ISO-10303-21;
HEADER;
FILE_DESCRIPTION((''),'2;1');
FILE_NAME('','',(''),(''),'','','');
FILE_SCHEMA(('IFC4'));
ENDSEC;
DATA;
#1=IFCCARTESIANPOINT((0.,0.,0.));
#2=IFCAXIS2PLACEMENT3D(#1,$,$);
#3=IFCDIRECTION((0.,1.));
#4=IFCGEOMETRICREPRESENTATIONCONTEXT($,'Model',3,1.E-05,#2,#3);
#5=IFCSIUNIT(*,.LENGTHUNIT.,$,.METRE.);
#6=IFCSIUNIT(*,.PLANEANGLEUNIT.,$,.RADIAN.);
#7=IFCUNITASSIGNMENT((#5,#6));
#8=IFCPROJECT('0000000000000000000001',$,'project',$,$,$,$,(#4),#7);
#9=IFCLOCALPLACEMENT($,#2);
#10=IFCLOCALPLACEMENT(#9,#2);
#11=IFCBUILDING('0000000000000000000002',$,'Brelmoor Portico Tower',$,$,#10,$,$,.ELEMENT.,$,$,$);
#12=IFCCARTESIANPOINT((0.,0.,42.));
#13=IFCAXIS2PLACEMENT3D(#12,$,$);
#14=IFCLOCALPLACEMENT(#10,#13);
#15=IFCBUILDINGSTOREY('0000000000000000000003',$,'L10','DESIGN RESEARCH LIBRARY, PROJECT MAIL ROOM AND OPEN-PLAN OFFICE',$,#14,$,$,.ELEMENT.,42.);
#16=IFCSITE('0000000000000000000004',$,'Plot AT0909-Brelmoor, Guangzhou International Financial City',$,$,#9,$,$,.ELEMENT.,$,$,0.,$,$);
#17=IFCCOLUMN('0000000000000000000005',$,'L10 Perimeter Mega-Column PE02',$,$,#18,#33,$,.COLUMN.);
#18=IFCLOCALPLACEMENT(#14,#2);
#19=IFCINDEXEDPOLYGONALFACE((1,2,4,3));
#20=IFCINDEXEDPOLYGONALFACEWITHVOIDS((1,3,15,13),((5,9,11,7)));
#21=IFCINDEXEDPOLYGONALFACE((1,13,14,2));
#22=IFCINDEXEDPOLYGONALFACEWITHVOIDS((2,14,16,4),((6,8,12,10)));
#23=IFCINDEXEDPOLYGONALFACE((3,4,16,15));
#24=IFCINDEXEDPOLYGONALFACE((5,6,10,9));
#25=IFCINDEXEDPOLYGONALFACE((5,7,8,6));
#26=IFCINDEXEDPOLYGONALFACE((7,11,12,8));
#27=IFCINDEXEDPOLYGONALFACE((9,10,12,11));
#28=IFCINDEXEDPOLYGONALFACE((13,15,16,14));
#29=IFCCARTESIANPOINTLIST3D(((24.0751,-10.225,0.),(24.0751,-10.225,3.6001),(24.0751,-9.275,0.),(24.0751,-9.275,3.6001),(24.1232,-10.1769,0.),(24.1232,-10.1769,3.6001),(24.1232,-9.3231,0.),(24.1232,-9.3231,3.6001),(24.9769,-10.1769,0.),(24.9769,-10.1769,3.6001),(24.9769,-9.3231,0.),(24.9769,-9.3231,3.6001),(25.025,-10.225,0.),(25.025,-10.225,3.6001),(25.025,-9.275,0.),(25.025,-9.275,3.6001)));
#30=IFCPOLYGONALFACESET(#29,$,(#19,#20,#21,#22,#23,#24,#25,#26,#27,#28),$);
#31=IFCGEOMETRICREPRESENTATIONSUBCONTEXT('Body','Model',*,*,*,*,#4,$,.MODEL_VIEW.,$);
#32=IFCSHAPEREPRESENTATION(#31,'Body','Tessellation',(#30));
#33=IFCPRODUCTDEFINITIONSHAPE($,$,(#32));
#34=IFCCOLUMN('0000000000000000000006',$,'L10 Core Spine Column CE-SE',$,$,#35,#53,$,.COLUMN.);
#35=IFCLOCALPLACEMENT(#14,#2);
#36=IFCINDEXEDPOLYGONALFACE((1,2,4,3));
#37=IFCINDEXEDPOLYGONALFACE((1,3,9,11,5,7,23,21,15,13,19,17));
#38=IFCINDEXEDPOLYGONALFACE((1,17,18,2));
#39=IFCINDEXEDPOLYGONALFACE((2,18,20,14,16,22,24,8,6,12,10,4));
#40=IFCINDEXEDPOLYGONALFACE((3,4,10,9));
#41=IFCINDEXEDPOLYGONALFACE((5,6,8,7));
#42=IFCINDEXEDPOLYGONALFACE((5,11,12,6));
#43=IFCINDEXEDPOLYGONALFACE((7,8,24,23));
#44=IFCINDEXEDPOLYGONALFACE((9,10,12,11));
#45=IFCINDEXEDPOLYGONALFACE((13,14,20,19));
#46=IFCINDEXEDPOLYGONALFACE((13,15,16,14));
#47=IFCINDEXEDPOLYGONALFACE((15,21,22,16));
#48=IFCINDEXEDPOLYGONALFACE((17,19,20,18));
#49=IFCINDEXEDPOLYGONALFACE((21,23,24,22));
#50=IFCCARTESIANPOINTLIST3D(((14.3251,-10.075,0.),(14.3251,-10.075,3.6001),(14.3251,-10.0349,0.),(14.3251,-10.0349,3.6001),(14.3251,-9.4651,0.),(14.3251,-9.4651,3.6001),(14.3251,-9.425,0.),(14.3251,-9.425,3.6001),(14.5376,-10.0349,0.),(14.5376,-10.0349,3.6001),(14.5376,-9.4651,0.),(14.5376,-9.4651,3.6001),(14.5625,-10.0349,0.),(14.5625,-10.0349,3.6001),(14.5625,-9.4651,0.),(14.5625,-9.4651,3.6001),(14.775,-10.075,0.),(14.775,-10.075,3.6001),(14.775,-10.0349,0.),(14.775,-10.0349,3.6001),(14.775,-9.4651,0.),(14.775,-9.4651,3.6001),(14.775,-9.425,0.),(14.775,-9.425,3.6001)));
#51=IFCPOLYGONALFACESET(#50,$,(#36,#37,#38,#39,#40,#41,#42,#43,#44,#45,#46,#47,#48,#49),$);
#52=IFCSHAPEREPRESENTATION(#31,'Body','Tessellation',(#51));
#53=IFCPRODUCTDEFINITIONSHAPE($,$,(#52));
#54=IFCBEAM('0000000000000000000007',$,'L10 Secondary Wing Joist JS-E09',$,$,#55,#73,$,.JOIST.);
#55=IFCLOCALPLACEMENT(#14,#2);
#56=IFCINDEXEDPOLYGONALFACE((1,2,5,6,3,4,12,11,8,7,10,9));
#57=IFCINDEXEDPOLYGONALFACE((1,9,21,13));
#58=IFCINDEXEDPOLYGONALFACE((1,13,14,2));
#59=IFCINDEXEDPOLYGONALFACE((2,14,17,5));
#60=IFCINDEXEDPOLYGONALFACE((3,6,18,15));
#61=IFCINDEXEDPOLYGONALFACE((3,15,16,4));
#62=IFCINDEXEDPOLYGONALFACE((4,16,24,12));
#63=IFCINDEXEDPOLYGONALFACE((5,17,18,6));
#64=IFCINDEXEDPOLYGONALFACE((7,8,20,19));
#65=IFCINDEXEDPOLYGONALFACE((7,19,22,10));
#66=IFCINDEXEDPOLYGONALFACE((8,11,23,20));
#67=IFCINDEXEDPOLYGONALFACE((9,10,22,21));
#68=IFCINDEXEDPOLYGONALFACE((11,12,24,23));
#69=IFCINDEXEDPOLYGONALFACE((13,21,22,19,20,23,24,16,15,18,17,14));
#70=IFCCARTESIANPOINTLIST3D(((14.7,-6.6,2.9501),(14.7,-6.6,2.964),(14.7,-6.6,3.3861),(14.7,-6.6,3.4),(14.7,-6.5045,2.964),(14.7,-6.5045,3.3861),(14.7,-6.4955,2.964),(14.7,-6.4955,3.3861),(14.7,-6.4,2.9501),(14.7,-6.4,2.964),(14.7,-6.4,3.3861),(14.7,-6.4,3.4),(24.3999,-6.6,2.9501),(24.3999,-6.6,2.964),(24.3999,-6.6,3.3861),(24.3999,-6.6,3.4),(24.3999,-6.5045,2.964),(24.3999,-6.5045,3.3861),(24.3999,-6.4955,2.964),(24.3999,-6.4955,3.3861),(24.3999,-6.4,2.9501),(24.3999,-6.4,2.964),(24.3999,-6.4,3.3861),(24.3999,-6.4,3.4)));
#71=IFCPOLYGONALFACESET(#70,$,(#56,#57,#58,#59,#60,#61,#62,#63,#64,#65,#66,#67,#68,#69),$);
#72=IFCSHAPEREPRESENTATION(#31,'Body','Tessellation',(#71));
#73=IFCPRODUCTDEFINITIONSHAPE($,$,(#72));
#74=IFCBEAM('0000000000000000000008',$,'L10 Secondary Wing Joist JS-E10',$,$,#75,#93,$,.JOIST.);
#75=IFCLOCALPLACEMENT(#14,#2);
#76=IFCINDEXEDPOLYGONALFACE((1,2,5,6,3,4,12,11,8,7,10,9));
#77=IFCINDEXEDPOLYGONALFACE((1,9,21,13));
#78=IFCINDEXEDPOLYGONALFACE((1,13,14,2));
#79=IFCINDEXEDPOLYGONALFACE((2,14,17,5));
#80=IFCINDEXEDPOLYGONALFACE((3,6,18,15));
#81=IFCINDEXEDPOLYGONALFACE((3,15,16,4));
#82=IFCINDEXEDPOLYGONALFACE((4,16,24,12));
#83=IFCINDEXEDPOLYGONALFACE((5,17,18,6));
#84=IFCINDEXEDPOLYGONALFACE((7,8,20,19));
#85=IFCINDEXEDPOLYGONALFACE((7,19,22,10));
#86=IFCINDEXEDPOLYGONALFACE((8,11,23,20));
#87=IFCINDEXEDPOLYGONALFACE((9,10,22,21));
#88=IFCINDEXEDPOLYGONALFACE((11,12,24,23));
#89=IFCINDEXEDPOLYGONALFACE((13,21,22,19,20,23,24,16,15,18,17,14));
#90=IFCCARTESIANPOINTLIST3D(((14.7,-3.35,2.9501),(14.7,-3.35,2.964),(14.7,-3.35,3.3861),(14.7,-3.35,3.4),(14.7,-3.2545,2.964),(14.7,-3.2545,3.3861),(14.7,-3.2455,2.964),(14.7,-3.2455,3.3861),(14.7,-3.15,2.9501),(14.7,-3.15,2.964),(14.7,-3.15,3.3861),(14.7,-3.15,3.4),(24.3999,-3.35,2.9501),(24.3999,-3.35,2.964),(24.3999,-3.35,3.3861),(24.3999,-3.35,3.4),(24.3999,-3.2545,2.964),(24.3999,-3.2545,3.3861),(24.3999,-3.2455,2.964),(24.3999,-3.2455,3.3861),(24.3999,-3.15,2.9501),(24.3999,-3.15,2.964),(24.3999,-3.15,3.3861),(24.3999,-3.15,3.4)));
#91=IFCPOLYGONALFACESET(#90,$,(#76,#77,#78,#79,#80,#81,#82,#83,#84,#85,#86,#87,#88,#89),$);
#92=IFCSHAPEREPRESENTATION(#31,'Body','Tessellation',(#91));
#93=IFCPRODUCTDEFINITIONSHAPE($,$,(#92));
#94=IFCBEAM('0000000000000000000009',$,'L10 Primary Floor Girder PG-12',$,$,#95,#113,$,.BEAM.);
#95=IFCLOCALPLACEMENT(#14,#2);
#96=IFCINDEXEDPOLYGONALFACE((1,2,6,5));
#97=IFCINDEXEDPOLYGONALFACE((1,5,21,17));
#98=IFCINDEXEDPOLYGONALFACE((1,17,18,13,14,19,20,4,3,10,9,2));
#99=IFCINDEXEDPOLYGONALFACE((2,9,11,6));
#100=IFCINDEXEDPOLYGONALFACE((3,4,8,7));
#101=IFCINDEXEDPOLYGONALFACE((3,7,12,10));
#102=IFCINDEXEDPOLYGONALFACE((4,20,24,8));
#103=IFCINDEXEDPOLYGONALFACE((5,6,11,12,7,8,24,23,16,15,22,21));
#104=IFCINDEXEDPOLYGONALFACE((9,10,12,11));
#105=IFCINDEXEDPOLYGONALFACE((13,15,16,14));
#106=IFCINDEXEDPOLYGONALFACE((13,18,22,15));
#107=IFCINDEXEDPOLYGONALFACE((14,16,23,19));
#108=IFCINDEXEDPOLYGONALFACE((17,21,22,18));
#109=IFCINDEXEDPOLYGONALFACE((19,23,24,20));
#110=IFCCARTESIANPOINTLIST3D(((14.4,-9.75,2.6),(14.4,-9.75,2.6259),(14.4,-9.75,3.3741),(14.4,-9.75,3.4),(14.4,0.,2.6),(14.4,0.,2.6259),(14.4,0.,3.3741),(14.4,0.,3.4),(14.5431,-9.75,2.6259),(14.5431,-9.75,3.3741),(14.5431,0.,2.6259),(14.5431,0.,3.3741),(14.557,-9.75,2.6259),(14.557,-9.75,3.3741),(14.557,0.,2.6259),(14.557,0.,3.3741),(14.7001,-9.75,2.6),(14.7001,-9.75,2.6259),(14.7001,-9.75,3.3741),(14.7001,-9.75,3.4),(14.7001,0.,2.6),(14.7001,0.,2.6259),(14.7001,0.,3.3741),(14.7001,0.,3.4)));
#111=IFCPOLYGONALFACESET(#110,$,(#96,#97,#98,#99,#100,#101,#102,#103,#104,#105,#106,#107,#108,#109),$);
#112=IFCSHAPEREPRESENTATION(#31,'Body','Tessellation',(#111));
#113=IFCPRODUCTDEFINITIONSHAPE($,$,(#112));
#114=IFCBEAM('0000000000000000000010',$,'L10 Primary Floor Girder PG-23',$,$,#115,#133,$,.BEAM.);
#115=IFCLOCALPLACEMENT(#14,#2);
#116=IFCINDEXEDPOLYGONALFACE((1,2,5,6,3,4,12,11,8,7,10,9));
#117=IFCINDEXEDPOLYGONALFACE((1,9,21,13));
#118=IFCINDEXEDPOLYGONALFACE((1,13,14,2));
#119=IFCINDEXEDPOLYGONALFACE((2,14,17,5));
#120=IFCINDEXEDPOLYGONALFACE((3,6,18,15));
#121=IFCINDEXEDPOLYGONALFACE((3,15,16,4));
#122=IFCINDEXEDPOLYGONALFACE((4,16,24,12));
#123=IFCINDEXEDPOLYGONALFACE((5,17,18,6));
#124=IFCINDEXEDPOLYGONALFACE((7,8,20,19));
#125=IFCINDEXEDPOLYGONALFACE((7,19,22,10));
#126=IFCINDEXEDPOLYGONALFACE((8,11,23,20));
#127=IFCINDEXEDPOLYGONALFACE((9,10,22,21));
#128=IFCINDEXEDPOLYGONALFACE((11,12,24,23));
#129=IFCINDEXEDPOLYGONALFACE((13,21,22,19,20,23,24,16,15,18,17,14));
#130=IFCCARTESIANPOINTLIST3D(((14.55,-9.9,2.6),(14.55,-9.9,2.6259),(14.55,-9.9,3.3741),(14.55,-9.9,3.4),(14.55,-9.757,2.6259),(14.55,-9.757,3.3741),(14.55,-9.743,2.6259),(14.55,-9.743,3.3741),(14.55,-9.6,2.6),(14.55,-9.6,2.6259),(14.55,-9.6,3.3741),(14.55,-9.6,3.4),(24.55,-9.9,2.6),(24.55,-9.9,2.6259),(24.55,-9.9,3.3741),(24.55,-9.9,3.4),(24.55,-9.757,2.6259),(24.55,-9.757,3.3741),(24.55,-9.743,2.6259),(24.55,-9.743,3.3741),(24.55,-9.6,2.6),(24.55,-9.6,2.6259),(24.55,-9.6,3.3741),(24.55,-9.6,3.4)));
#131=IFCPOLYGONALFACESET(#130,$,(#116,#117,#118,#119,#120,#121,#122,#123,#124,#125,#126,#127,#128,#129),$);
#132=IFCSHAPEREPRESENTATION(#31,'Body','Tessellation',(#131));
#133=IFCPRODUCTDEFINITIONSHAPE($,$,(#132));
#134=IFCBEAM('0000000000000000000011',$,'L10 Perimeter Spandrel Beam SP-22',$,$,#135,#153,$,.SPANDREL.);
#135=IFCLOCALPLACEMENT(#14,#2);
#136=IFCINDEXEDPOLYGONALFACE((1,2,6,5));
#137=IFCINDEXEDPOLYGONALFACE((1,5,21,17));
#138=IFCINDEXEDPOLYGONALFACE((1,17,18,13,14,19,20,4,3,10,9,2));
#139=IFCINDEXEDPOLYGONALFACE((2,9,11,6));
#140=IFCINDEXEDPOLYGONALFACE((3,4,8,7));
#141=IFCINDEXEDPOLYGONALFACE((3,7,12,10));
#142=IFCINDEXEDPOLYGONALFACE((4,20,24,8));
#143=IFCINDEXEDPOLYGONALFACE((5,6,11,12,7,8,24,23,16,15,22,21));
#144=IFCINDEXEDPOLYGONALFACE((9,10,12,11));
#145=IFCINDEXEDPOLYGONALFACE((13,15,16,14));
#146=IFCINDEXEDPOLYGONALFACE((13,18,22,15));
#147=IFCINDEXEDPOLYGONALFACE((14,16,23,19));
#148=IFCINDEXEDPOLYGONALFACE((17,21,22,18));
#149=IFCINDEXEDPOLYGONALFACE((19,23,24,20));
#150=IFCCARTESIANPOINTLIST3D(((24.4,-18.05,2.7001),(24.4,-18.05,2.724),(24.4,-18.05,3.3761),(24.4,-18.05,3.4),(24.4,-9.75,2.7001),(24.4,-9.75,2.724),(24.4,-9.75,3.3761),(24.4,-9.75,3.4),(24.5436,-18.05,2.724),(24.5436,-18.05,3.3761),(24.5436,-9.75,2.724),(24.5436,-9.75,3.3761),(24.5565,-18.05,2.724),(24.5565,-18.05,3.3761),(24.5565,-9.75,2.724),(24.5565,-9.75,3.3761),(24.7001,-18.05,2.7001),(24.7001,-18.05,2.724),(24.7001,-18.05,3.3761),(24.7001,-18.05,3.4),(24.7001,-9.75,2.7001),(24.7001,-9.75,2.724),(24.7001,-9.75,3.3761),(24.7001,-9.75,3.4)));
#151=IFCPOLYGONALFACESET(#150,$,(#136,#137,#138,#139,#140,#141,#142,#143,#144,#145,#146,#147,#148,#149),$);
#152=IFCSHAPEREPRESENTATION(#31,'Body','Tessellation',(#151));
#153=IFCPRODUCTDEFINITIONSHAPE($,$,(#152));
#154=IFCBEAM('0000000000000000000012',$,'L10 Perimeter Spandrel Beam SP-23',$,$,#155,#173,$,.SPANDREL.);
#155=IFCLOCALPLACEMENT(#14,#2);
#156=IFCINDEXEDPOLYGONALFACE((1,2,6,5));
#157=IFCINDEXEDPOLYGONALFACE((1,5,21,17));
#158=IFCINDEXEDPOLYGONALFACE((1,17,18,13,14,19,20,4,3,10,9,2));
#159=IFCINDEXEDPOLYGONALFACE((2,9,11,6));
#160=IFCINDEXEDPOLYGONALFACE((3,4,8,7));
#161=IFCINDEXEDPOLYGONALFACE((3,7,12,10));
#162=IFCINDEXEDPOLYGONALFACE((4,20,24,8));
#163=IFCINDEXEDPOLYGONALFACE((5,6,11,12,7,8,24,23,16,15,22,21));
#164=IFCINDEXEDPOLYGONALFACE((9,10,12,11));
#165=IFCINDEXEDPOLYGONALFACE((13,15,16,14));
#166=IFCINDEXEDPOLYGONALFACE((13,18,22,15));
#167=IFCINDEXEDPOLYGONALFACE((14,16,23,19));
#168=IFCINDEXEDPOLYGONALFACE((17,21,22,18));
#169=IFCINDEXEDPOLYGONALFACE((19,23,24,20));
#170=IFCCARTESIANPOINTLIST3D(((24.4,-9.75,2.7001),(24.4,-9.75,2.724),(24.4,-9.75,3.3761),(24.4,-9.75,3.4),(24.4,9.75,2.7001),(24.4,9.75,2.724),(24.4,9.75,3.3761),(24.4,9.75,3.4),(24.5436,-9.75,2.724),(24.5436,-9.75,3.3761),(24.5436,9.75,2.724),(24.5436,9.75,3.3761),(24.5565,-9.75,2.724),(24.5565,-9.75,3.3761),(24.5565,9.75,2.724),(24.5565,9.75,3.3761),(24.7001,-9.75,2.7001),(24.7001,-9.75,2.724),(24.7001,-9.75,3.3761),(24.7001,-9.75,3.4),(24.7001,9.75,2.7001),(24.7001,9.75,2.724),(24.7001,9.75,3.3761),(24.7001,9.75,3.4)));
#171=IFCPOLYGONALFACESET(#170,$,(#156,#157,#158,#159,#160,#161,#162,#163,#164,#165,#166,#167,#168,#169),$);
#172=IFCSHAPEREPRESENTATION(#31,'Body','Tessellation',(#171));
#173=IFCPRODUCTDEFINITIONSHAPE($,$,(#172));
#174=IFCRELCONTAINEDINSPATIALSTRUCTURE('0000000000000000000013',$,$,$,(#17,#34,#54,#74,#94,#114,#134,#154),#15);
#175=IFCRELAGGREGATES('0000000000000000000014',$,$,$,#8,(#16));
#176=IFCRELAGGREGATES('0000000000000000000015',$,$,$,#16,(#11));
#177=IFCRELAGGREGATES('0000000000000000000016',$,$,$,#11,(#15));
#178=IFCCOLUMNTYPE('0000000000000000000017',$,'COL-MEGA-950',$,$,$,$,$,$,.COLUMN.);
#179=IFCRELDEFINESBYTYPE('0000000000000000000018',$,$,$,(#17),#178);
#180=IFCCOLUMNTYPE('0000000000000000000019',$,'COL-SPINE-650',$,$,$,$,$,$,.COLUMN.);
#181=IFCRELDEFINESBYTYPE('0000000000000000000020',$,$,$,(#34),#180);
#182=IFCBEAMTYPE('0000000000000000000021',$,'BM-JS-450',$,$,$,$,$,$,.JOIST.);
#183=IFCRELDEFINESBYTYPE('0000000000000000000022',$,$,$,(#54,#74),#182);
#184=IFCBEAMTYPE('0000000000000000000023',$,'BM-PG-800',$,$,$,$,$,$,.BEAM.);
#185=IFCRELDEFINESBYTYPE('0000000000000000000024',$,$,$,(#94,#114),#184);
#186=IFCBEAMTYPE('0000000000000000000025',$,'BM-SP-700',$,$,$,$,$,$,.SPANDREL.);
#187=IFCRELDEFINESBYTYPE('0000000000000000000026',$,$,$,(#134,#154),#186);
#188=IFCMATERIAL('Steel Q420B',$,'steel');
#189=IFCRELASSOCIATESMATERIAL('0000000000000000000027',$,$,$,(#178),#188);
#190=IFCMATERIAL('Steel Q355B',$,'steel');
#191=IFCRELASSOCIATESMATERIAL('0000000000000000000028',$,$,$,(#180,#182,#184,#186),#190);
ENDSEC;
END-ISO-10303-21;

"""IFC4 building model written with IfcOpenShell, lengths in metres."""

from ifc_helpers import new_model, si_unit, direction, frame, origin, origin_2d, place, context, subcontext, project, spatial, hollow_rectangle, i_section, extrude, material, material_profile, profile_set, type_object, element, save


model = new_model("IFC4")

# Units and contexts
model_context = context("Model", 3, precision=1e-05, world=origin(), true_north=direction((0.0, 1.0)))
body_context = subcontext(model_context, "Body", "Model", "MODEL_VIEW")
ifc_project = project(units=[si_unit("LENGTHUNIT", "METRE"), si_unit("PLANEANGLEUNIT", "RADIAN")], contexts=[model_context])

# Site, building, storey
site_placement = place(None, origin())
site = spatial("IfcSite", under=ifc_project, at=site_placement, Name="Plot AT0909-Brelmoor, Guangzhou International Financial City", CompositionType="ELEMENT", RefElevation=0.0)
building_placement = place(site_placement, origin())
building = spatial("IfcBuilding", under=site, at=building_placement, Name="Brelmoor Portico Tower", CompositionType="ELEMENT")
storey_placement = place(building_placement, frame((0.0, 0.0, 42.0)))
storey = spatial("IfcBuildingStorey", under=building, at=storey_placement, Name="L10", Description="DESIGN RESEARCH LIBRARY, PROJECT MAIL ROOM AND OPEN-PLAN OFFICE", CompositionType="ELEMENT", Elevation=42.0)

# Columns
ifc_material_1 = material(Name="Steel Q420B", Category="steel")
ifc_material_profile_1 = material_profile(ifc_material_1, hollow_rectangle(XDim=0.95, YDim=0.95, WallThickness=0.0481, at=origin_2d()), Name="BOX 950x950x48")
ifc_profile_set_1 = profile_set([ifc_material_profile_1], Name="Steel Q420B")
column_type_1 = type_object("IfcColumnType", Name="COL-MEGA-950", PredefinedType="COLUMN", material=ifc_profile_set_1)
column_1_placement = place(storey_placement, frame((24.55, -9.75, 0.0), z_axis=(0.0, 0.0, 1.0), x_axis=(0.0, 1.0, 0.0)))
element("IfcColumn", 1, at=column_1_placement, inside=storey, type_object=column_type_1, Name="L10 Perimeter Mega-Column PE02", PredefinedType="COLUMN", context=body_context, shape_type="SweptSolid", body=[
    extrude(hollow_rectangle(XDim=0.95, YDim=0.95, WallThickness=0.0481, at=origin_2d()), origin(), (0.0, 0.0, 1.0), 3.6001),
])
ifc_material_2 = material(Name="Steel Q355B", Category="steel")
ifc_material_profile_2 = material_profile(ifc_material_2, i_section(OverallWidth=0.45, OverallDepth=0.6499, WebThickness=0.0249, FlangeThickness=0.04, at=origin_2d()), Name="HW 650x450x25x40")
ifc_profile_set_2 = profile_set([ifc_material_profile_2], Name="Steel Q355B")
column_type_2 = type_object("IfcColumnType", Name="COL-SPINE-650", PredefinedType="COLUMN", material=ifc_profile_set_2)
column_2_placement = place(storey_placement, frame((14.55, -9.75, 0.0), z_axis=(0.0, 0.0, 1.0), x_axis=(1.0, 0.0, 0.0)))
element("IfcColumn", 2, at=column_2_placement, inside=storey, type_object=column_type_2, Name="L10 Core Spine Column CE-SE", PredefinedType="COLUMN", context=body_context, shape_type="SweptSolid", body=[
    extrude(i_section(OverallWidth=0.45, OverallDepth=0.6499, WebThickness=0.0249, FlangeThickness=0.04, at=origin_2d()), origin(), (0.0, 0.0, 1.0), 3.6001),
])

# Beams
ifc_material_profile_3 = material_profile(ifc_material_2, i_section(OverallWidth=0.2, OverallDepth=0.45, WebThickness=0.009, FlangeThickness=0.0139, at=origin_2d()), Name="HN 450x200x9x14")
ifc_profile_set_3 = profile_set([ifc_material_profile_3], Name="Steel Q355B")
beam_type_1 = type_object("IfcBeamType", Name="BM-JS-450", PredefinedType="JOIST", material=ifc_profile_set_3)
for number, where, z_axis, x_axis, name in (
    (3, (14.7, -6.5, 3.175), (1.0, 0.0, 0.0), (0.0, 1.0, 0.0), "L10 Secondary Wing Joist JS-E09"),
    (4, (14.7, -3.25, 3.175), (1.0, 0.0, 0.0), (0.0, 1.0, 0.0), "L10 Secondary Wing Joist JS-E10"),
):
    element("IfcBeam", number, at=place(storey_placement, frame(where, z_axis=z_axis, x_axis=x_axis)), inside=storey, type_object=beam_type_1, Name=name, PredefinedType="JOIST", context=body_context, shape_type="SweptSolid", body=[
        extrude(i_section(OverallWidth=0.2, OverallDepth=0.45, WebThickness=0.009, FlangeThickness=0.0139, at=origin_2d()), origin(), (0.0, 0.0, 1.0), 9.7),
    ])
ifc_material_profile_4 = material_profile(ifc_material_2, i_section(OverallWidth=0.3, OverallDepth=0.8, WebThickness=0.0139, FlangeThickness=0.0259, at=origin_2d()), Name="HN 800x300x14x26")
ifc_profile_set_4 = profile_set([ifc_material_profile_4], Name="Steel Q355B")
beam_type_2 = type_object("IfcBeamType", Name="BM-PG-800", PredefinedType="BEAM", material=ifc_profile_set_4)
beam_1_placement = place(storey_placement, frame((14.55, -9.75, 3.0), z_axis=(0.0, 1.0, 0.0), x_axis=(-1.0, 0.0, 0.0)))
element("IfcBeam", 5, at=beam_1_placement, inside=storey, type_object=beam_type_2, Name="L10 Primary Floor Girder PG-12", PredefinedType="BEAM", context=body_context, shape_type="SweptSolid", body=[
    extrude(i_section(OverallWidth=0.3, OverallDepth=0.8, WebThickness=0.0139, FlangeThickness=0.0259, at=origin_2d()), origin(), (0.0, 0.0, 1.0), 9.75),
])
beam_2_placement = place(storey_placement, frame((14.55, -9.75, 3.0), z_axis=(1.0, 0.0, 0.0), x_axis=(0.0, 1.0, 0.0)))
element("IfcBeam", 6, at=beam_2_placement, inside=storey, type_object=beam_type_2, Name="L10 Primary Floor Girder PG-23", PredefinedType="BEAM", context=body_context, shape_type="SweptSolid", body=[
    extrude(i_section(OverallWidth=0.3, OverallDepth=0.8, WebThickness=0.0139, FlangeThickness=0.0259, at=origin_2d()), origin(), (0.0, 0.0, 1.0), 10.0),
])
ifc_material_profile_5 = material_profile(ifc_material_2, i_section(OverallWidth=0.3, OverallDepth=0.7, WebThickness=0.0129, FlangeThickness=0.0239, at=origin_2d()), Name="HN 700x300x13x24")
ifc_profile_set_5 = profile_set([ifc_material_profile_5], Name="Steel Q355B")
beam_type_3 = type_object("IfcBeamType", Name="BM-SP-700", PredefinedType="SPANDREL", material=ifc_profile_set_5)
beam_3_placement = place(storey_placement, frame((24.55, -18.05, 3.05), z_axis=(0.0, 1.0, 0.0), x_axis=(-1.0, 0.0, 0.0)))
element("IfcBeam", 7, at=beam_3_placement, inside=storey, type_object=beam_type_3, Name="L10 Perimeter Spandrel Beam SP-22", PredefinedType="SPANDREL", context=body_context, shape_type="SweptSolid", body=[
    extrude(i_section(OverallWidth=0.3, OverallDepth=0.7, WebThickness=0.0129, FlangeThickness=0.0239, at=origin_2d()), origin(), (0.0, 0.0, 1.0), 8.3),
])
beam_4_placement = place(storey_placement, frame((24.55, -9.75, 3.05), z_axis=(0.0, 1.0, 0.0), x_axis=(-1.0, 0.0, 0.0)))
element("IfcBeam", 8, at=beam_4_placement, inside=storey, type_object=beam_type_3, Name="L10 Perimeter Spandrel Beam SP-23", PredefinedType="SPANDREL", context=body_context, shape_type="SweptSolid", body=[
    extrude(i_section(OverallWidth=0.3, OverallDepth=0.7, WebThickness=0.0129, FlangeThickness=0.0239, at=origin_2d()), origin(), (0.0, 0.0, 1.0), 19.5),
])

save(model, "model.ifc")
